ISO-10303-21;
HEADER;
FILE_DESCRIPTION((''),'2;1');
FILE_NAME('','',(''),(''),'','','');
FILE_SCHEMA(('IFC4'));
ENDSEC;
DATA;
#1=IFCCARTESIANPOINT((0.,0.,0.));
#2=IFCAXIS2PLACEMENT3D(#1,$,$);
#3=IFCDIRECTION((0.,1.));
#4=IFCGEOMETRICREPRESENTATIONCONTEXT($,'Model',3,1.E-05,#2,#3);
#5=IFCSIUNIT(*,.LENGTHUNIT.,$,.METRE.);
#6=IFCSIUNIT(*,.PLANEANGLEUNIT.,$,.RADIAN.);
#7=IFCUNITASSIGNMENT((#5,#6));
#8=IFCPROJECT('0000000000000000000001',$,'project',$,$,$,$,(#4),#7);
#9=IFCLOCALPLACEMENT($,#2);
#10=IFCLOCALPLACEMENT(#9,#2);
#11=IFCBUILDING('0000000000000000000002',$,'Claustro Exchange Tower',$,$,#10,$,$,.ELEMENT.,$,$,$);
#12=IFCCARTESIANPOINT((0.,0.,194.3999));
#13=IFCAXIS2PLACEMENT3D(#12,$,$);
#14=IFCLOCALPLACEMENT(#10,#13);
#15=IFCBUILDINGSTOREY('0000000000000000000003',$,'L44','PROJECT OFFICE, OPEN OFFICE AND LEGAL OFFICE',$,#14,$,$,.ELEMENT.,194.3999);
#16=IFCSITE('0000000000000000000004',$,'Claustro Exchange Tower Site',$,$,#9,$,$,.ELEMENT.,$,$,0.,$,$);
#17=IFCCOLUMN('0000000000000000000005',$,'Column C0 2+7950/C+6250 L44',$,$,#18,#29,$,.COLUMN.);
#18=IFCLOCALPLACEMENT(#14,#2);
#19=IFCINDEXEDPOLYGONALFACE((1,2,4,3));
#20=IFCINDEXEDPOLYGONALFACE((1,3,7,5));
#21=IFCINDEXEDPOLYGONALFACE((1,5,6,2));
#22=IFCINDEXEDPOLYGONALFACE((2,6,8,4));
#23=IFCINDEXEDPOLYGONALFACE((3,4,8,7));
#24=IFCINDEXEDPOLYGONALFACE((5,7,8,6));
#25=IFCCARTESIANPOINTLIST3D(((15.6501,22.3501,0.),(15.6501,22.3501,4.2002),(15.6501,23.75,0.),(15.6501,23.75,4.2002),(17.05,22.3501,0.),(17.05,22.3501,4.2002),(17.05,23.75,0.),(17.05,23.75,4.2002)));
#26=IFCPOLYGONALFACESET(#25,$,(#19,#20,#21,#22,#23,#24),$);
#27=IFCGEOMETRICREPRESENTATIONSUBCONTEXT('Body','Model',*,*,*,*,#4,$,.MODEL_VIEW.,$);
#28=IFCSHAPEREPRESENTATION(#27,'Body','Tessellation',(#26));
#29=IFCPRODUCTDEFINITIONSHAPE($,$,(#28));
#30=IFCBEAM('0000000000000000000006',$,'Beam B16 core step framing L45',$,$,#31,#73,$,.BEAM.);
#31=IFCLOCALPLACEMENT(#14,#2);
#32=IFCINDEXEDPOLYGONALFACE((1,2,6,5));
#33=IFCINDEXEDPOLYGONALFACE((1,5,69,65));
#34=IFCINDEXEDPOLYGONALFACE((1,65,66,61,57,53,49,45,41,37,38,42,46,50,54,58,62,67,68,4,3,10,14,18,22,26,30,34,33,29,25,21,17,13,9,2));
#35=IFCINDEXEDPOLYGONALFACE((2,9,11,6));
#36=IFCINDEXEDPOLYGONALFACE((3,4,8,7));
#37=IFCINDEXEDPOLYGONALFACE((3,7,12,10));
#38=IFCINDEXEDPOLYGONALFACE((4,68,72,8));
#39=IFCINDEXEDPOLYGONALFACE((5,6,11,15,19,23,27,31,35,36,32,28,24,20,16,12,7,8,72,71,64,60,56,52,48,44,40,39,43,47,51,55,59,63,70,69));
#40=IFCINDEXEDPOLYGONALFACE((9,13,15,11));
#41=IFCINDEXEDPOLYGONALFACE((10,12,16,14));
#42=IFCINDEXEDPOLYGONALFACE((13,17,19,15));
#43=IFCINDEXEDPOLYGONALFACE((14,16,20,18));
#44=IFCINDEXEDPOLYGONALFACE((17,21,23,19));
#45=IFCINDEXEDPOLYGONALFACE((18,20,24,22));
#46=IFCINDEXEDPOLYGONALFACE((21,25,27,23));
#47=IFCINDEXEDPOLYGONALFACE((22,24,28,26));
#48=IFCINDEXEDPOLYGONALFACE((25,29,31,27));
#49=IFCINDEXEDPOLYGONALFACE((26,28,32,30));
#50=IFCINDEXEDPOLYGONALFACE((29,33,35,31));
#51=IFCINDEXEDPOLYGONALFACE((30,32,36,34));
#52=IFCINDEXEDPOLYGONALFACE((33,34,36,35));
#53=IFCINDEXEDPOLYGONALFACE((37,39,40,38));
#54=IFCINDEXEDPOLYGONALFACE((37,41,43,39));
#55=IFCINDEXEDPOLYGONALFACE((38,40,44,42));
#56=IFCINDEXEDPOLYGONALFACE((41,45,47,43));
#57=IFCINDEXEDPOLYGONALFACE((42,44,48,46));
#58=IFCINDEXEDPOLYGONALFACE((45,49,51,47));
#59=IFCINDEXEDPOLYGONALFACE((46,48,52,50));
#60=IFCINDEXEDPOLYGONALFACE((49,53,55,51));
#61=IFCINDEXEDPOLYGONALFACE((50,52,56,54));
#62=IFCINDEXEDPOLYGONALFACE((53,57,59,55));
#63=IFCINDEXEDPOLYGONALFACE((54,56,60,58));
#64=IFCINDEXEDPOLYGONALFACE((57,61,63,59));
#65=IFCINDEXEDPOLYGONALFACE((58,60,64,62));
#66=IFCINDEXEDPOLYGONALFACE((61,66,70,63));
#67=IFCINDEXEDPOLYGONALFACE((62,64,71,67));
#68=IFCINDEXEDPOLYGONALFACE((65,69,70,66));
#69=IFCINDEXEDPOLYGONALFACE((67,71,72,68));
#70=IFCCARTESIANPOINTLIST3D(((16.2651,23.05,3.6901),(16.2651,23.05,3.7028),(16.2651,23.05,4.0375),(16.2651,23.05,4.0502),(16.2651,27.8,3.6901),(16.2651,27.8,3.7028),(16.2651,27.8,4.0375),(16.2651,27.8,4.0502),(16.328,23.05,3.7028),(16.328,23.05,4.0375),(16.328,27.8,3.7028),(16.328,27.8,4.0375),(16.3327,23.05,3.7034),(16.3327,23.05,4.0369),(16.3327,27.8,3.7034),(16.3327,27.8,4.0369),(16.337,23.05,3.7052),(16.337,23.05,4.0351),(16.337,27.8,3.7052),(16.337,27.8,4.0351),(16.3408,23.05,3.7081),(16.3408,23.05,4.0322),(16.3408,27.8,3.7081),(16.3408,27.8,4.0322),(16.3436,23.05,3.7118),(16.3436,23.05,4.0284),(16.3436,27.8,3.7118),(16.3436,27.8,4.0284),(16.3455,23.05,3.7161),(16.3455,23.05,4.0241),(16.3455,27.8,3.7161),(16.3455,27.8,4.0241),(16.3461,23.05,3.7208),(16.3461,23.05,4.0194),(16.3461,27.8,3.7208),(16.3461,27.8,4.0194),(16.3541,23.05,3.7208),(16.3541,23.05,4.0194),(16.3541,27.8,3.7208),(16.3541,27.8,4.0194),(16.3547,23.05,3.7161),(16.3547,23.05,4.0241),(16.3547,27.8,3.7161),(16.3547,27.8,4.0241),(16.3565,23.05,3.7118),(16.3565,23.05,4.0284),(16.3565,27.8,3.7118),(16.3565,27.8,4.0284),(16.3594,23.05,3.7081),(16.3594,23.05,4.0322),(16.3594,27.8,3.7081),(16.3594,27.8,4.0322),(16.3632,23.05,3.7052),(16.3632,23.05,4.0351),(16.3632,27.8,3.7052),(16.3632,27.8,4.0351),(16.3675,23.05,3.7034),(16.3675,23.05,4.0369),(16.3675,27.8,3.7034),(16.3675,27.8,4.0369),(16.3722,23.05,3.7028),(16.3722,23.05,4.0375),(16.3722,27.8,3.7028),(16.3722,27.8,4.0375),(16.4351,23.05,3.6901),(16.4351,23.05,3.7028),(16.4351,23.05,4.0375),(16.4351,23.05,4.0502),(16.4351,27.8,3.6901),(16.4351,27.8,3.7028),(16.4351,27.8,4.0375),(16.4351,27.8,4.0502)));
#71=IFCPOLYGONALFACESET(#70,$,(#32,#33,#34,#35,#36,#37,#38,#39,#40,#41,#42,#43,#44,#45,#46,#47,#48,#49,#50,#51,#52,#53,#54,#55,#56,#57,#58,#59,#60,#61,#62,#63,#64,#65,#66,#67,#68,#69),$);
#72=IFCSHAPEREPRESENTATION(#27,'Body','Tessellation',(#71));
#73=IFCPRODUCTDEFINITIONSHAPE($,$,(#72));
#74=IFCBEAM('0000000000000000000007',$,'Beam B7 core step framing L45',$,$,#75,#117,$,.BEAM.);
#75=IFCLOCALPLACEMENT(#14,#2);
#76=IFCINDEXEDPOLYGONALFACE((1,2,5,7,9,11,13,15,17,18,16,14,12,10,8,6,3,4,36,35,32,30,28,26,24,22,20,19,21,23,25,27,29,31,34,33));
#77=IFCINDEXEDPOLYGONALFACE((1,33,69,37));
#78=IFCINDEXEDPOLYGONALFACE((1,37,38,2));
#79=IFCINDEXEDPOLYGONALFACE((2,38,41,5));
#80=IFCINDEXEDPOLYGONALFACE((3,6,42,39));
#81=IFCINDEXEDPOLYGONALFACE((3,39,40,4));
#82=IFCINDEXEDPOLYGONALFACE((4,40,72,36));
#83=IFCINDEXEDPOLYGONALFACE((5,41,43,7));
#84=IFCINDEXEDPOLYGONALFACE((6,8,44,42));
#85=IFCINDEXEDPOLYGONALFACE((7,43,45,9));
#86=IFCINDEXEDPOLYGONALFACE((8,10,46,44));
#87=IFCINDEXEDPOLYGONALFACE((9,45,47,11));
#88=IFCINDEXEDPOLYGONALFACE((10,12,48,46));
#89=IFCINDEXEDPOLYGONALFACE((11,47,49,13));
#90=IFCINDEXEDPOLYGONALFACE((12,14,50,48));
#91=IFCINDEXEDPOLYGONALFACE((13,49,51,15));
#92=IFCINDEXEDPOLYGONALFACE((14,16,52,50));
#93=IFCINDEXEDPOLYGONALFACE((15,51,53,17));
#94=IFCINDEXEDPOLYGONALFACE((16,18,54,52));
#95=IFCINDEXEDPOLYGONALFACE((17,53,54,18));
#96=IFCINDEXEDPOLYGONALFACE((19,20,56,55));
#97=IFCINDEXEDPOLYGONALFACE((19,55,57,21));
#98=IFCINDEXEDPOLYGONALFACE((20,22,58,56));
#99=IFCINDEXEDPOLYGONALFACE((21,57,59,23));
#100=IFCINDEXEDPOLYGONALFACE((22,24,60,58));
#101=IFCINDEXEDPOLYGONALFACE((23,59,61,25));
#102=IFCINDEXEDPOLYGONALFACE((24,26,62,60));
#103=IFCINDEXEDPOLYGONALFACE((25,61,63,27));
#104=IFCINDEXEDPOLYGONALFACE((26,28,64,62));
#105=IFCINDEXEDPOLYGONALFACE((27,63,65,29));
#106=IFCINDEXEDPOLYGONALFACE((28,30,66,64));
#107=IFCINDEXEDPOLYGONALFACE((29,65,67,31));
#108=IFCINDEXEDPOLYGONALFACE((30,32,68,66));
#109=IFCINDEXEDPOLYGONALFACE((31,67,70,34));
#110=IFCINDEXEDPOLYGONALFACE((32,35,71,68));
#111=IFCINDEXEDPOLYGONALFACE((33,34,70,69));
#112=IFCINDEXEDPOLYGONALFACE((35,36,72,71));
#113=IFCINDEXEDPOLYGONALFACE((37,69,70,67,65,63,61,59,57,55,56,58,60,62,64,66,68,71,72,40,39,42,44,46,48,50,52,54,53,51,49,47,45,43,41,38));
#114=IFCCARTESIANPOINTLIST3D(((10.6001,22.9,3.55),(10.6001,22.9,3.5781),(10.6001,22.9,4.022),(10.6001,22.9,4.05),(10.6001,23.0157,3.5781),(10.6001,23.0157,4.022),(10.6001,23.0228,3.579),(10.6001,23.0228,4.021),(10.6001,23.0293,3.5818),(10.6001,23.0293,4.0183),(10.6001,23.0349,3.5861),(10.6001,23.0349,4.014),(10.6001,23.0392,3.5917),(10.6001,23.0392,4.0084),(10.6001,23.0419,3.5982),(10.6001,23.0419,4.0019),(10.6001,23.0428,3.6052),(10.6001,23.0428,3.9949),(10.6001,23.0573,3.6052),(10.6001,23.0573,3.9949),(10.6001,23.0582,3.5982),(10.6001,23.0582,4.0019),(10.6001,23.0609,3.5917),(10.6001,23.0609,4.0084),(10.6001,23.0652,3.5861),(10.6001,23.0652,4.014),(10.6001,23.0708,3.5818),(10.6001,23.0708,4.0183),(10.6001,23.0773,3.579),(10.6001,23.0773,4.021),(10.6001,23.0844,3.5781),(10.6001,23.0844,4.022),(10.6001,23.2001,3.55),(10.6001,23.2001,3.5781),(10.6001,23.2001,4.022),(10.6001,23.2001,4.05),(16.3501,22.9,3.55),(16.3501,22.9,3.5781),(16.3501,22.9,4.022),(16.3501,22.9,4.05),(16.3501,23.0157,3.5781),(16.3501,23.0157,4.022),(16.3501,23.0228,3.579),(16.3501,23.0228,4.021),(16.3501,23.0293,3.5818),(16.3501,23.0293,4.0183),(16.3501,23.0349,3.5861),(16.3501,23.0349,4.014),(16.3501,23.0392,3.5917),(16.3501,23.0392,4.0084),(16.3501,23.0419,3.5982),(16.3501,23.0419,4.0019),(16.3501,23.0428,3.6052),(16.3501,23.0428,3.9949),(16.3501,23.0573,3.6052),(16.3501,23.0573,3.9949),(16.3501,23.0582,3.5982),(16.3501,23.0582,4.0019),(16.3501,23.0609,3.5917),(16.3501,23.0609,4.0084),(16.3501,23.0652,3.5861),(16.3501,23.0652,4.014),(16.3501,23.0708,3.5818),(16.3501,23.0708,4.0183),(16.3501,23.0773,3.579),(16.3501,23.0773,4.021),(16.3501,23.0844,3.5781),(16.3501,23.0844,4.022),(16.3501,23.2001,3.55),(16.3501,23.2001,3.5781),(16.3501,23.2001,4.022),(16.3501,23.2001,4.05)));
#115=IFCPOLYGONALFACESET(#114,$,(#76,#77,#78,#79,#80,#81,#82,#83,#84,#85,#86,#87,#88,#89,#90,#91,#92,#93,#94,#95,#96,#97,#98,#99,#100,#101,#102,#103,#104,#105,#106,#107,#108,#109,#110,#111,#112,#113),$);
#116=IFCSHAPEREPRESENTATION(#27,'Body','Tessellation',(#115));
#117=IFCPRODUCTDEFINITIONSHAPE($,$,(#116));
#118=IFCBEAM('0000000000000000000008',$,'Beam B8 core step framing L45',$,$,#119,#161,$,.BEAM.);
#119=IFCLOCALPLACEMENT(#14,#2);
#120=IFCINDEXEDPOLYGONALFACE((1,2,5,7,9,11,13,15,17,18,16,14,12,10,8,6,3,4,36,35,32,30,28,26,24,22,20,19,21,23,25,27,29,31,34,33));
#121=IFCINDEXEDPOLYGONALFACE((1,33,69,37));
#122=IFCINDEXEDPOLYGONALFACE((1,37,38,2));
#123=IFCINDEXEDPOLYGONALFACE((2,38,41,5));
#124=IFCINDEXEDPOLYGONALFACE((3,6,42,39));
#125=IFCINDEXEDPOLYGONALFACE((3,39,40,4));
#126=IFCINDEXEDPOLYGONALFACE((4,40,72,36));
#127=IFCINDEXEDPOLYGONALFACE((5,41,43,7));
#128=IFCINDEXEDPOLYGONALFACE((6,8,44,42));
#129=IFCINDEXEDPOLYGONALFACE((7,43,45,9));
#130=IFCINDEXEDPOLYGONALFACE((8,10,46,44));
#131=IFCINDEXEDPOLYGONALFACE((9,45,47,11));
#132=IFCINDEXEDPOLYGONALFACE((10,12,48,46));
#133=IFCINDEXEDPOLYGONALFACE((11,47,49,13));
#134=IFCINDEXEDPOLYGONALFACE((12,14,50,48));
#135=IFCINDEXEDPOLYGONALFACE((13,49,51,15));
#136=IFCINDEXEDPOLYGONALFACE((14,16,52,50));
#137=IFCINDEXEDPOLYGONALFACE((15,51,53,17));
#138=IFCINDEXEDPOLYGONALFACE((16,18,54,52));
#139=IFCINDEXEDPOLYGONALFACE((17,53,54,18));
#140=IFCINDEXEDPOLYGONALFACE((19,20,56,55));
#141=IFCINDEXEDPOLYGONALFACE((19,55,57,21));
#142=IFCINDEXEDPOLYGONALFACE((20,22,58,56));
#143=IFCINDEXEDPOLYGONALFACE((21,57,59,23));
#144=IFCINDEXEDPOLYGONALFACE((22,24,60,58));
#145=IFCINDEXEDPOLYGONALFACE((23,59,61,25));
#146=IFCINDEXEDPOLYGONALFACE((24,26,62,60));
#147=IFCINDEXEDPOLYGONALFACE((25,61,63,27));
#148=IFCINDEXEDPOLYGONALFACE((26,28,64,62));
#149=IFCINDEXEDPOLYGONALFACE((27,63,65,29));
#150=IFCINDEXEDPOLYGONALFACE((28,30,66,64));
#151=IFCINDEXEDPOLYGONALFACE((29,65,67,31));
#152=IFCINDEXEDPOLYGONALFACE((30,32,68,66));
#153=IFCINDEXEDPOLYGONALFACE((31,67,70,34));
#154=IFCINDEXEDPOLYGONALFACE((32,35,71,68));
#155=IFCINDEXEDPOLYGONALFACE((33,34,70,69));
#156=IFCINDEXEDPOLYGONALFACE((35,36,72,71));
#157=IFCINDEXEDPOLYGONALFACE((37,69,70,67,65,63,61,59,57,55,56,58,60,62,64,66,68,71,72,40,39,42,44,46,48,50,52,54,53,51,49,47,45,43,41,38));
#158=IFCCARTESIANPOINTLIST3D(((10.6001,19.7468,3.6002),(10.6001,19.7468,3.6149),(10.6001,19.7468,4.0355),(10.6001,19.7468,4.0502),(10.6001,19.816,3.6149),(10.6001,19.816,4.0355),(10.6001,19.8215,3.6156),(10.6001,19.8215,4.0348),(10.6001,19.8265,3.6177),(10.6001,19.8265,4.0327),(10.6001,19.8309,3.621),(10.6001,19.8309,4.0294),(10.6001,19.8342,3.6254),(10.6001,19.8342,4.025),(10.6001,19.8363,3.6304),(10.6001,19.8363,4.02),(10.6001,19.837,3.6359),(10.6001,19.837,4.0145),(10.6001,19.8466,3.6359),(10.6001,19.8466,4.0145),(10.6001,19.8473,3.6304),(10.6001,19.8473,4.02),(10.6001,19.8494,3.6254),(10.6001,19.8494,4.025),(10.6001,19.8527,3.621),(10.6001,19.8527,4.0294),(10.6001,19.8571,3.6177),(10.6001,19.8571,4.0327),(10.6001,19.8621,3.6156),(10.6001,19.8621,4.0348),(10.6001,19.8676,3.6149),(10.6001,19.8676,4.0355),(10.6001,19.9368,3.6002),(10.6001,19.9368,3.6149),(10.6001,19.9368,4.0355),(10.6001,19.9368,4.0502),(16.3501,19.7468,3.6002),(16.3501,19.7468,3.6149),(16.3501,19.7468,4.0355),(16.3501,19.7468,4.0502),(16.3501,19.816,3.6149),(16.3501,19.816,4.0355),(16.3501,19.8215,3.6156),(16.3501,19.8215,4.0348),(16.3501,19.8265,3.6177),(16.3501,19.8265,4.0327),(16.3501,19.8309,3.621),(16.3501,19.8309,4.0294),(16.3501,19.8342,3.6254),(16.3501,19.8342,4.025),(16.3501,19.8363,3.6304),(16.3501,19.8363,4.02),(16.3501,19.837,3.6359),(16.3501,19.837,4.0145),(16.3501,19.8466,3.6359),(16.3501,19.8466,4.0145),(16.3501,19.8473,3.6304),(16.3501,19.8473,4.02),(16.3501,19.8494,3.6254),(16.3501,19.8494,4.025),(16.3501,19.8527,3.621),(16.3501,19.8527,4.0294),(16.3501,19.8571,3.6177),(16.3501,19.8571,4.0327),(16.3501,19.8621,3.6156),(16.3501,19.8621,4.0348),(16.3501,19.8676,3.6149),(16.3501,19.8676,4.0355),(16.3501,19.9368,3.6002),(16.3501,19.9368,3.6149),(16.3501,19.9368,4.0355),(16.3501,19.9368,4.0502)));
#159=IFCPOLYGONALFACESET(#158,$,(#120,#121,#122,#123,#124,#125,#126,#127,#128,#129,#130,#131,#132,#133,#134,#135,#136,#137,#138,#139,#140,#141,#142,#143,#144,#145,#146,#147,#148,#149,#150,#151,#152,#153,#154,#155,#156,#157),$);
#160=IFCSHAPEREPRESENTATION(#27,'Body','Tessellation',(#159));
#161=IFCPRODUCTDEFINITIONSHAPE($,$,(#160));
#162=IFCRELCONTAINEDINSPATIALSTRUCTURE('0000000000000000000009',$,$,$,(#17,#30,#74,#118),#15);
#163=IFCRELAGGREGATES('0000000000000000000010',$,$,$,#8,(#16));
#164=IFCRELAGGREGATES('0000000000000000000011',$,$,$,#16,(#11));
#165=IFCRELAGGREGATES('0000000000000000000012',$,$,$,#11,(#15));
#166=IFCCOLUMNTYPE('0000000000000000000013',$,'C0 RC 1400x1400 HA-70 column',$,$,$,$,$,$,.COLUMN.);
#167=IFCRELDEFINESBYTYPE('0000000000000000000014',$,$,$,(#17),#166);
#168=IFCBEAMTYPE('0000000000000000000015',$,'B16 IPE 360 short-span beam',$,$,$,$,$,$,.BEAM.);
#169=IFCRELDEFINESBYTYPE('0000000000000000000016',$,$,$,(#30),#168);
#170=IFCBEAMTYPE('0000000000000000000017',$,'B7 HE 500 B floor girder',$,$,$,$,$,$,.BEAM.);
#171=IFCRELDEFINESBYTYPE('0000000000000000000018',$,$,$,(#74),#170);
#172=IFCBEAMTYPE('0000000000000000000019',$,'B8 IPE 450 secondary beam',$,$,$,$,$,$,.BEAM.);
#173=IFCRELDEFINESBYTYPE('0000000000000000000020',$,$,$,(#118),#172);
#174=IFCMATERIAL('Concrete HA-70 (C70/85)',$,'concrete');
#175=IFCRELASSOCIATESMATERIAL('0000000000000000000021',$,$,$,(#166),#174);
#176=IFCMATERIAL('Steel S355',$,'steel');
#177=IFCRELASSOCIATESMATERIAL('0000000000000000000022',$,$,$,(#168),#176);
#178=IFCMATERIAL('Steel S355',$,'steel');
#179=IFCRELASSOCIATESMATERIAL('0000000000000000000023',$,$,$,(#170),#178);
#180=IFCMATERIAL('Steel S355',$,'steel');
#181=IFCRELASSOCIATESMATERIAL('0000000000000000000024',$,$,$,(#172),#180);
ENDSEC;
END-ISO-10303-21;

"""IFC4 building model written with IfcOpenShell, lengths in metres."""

from ifc_helpers import new_model, si_unit, direction, frame, origin, origin_2d, place, context, subcontext, project, spatial, rectangle, i_section, extrude, material, material_profile, profile_set, type_object, element, save


model = new_model("IFC4")

# Units and contexts
model_context = context("Model", 3, precision=1e-05, world=origin(), true_north=direction((0.0, 1.0)))
body_context = subcontext(model_context, "Body", "Model", "MODEL_VIEW")
ifc_project = project(units=[si_unit("LENGTHUNIT", "METRE"), si_unit("PLANEANGLEUNIT", "RADIAN")], contexts=[model_context])

# Site, building, storey
site_placement = place(None, origin())
site = spatial("IfcSite", under=ifc_project, at=site_placement, Name="Claustro Exchange Tower Site", CompositionType="ELEMENT", RefElevation=0.0)
building_placement = place(site_placement, origin())
building = spatial("IfcBuilding", under=site, at=building_placement, Name="Claustro Exchange Tower", CompositionType="ELEMENT")
storey_placement = place(building_placement, frame((0.0, 0.0, 194.3999)))
storey = spatial("IfcBuildingStorey", under=building, at=storey_placement, Name="L44", Description="PROJECT OFFICE, OPEN OFFICE AND LEGAL OFFICE", CompositionType="ELEMENT", Elevation=194.3999)

# Column
ifc_material_1 = material(Name="Concrete HA-70 (C70/85)", Category="concrete")
ifc_material_profile_1 = material_profile(ifc_material_1, rectangle(XDim=1.3999, YDim=1.3999, at=origin_2d()), Name="RC 1400x1400")
ifc_profile_set_1 = profile_set([ifc_material_profile_1], Name="Concrete HA-70 (C70/85)")
column_type = type_object("IfcColumnType", Name="C0 RC 1400x1400 HA-70 column", PredefinedType="COLUMN", material=ifc_profile_set_1)
column_placement = place(storey_placement, frame((16.3501, 23.05, 0.0), z_axis=(0.0, 0.0, 1.0), x_axis=(1.0, 0.0, 0.0)))
element("IfcColumn", 1, at=column_placement, inside=storey, type_object=column_type, Name="Column C0 2+7950/C+6250 L44", PredefinedType="COLUMN", context=body_context, shape_type="SweptSolid", body=[
    extrude(rectangle(XDim=1.3999, YDim=1.3999, at=origin_2d()), origin(), (0.0, 0.0, 1.0), 4.2002),
])

# Beams
ifc_material_2 = material(Name="Steel S355", Category="steel")
ifc_material_profile_2 = material_profile(ifc_material_2, i_section(OverallWidth=0.1699, OverallDepth=0.3601, WebThickness=0.0081, FlangeThickness=0.0127, FilletRadius=0.0181, at=origin_2d()), Name="IPE 360")
ifc_profile_set_2 = profile_set([ifc_material_profile_2], Name="Steel S355")
beam_type_1 = type_object("IfcBeamType", Name="B16 IPE 360 short-span beam", PredefinedType="BEAM", material=ifc_profile_set_2)
beam_1_placement = place(storey_placement, frame((16.3501, 23.05, 3.8701), z_axis=(0.0, 1.0, 0.0), x_axis=(-1.0, 0.0, 0.0)))
element("IfcBeam", 2, at=beam_1_placement, inside=storey, type_object=beam_type_1, Name="Beam B16 core step framing L45", PredefinedType="BEAM", context=body_context, shape_type="SweptSolid", body=[
    extrude(i_section(OverallWidth=0.1699, OverallDepth=0.3601, WebThickness=0.0081, FlangeThickness=0.0127, FilletRadius=0.0181, at=origin_2d()), origin(), (0.0, 0.0, 1.0), 4.75),
])
ifc_material_3 = material(Name="Steel S355", Category="steel")
ifc_material_profile_3 = material_profile(ifc_material_3, i_section(OverallWidth=0.3, OverallDepth=0.5, WebThickness=0.0144, FlangeThickness=0.0281, FilletRadius=0.0271, at=origin_2d()), Name="HE 500 B")
ifc_profile_set_3 = profile_set([ifc_material_profile_3], Name="Steel S355")
beam_type_2 = type_object("IfcBeamType", Name="B7 HE 500 B floor girder", PredefinedType="BEAM", material=ifc_profile_set_3)
beam_2_placement = place(storey_placement, frame((10.6001, 23.05, 3.8), z_axis=(1.0, 0.0, 0.0), x_axis=(0.0, 1.0, 0.0)))
element("IfcBeam", 3, at=beam_2_placement, inside=storey, type_object=beam_type_2, Name="Beam B7 core step framing L45", PredefinedType="BEAM", context=body_context, shape_type="SweptSolid", body=[
    extrude(i_section(OverallWidth=0.3, OverallDepth=0.5, WebThickness=0.0144, FlangeThickness=0.0281, FilletRadius=0.0271, at=origin_2d()), origin(), (0.0, 0.0, 1.0), 5.75),
])
ifc_material_4 = material(Name="Steel S355", Category="steel")
ifc_material_profile_4 = material_profile(ifc_material_4, i_section(OverallWidth=0.1899, OverallDepth=0.45, WebThickness=0.0095, FlangeThickness=0.0146, FilletRadius=0.021, at=origin_2d()), Name="IPE 450")
ifc_profile_set_4 = profile_set([ifc_material_profile_4], Name="Steel S355")
beam_type_3 = type_object("IfcBeamType", Name="B8 IPE 450 secondary beam", PredefinedType="BEAM", material=ifc_profile_set_4)
for number, where, z_axis, x_axis, name in (
    (4, (10.6001, 19.8418, 3.8252), (1.0, 0.0, 0.0), (0.0, 1.0, 0.0), "Beam B8 core step framing L45"),
):
    element("IfcBeam", number, at=place(storey_placement, frame(where, z_axis=z_axis, x_axis=x_axis)), inside=storey, type_object=beam_type_3, Name=name, PredefinedType="BEAM", context=body_context, shape_type="SweptSolid", body=[
        extrude(i_section(OverallWidth=0.1899, OverallDepth=0.45, WebThickness=0.0095, FlangeThickness=0.0146, FilletRadius=0.021, at=origin_2d()), origin(), (0.0, 0.0, 1.0), 5.75),
    ])

save(model, "model.ifc")
